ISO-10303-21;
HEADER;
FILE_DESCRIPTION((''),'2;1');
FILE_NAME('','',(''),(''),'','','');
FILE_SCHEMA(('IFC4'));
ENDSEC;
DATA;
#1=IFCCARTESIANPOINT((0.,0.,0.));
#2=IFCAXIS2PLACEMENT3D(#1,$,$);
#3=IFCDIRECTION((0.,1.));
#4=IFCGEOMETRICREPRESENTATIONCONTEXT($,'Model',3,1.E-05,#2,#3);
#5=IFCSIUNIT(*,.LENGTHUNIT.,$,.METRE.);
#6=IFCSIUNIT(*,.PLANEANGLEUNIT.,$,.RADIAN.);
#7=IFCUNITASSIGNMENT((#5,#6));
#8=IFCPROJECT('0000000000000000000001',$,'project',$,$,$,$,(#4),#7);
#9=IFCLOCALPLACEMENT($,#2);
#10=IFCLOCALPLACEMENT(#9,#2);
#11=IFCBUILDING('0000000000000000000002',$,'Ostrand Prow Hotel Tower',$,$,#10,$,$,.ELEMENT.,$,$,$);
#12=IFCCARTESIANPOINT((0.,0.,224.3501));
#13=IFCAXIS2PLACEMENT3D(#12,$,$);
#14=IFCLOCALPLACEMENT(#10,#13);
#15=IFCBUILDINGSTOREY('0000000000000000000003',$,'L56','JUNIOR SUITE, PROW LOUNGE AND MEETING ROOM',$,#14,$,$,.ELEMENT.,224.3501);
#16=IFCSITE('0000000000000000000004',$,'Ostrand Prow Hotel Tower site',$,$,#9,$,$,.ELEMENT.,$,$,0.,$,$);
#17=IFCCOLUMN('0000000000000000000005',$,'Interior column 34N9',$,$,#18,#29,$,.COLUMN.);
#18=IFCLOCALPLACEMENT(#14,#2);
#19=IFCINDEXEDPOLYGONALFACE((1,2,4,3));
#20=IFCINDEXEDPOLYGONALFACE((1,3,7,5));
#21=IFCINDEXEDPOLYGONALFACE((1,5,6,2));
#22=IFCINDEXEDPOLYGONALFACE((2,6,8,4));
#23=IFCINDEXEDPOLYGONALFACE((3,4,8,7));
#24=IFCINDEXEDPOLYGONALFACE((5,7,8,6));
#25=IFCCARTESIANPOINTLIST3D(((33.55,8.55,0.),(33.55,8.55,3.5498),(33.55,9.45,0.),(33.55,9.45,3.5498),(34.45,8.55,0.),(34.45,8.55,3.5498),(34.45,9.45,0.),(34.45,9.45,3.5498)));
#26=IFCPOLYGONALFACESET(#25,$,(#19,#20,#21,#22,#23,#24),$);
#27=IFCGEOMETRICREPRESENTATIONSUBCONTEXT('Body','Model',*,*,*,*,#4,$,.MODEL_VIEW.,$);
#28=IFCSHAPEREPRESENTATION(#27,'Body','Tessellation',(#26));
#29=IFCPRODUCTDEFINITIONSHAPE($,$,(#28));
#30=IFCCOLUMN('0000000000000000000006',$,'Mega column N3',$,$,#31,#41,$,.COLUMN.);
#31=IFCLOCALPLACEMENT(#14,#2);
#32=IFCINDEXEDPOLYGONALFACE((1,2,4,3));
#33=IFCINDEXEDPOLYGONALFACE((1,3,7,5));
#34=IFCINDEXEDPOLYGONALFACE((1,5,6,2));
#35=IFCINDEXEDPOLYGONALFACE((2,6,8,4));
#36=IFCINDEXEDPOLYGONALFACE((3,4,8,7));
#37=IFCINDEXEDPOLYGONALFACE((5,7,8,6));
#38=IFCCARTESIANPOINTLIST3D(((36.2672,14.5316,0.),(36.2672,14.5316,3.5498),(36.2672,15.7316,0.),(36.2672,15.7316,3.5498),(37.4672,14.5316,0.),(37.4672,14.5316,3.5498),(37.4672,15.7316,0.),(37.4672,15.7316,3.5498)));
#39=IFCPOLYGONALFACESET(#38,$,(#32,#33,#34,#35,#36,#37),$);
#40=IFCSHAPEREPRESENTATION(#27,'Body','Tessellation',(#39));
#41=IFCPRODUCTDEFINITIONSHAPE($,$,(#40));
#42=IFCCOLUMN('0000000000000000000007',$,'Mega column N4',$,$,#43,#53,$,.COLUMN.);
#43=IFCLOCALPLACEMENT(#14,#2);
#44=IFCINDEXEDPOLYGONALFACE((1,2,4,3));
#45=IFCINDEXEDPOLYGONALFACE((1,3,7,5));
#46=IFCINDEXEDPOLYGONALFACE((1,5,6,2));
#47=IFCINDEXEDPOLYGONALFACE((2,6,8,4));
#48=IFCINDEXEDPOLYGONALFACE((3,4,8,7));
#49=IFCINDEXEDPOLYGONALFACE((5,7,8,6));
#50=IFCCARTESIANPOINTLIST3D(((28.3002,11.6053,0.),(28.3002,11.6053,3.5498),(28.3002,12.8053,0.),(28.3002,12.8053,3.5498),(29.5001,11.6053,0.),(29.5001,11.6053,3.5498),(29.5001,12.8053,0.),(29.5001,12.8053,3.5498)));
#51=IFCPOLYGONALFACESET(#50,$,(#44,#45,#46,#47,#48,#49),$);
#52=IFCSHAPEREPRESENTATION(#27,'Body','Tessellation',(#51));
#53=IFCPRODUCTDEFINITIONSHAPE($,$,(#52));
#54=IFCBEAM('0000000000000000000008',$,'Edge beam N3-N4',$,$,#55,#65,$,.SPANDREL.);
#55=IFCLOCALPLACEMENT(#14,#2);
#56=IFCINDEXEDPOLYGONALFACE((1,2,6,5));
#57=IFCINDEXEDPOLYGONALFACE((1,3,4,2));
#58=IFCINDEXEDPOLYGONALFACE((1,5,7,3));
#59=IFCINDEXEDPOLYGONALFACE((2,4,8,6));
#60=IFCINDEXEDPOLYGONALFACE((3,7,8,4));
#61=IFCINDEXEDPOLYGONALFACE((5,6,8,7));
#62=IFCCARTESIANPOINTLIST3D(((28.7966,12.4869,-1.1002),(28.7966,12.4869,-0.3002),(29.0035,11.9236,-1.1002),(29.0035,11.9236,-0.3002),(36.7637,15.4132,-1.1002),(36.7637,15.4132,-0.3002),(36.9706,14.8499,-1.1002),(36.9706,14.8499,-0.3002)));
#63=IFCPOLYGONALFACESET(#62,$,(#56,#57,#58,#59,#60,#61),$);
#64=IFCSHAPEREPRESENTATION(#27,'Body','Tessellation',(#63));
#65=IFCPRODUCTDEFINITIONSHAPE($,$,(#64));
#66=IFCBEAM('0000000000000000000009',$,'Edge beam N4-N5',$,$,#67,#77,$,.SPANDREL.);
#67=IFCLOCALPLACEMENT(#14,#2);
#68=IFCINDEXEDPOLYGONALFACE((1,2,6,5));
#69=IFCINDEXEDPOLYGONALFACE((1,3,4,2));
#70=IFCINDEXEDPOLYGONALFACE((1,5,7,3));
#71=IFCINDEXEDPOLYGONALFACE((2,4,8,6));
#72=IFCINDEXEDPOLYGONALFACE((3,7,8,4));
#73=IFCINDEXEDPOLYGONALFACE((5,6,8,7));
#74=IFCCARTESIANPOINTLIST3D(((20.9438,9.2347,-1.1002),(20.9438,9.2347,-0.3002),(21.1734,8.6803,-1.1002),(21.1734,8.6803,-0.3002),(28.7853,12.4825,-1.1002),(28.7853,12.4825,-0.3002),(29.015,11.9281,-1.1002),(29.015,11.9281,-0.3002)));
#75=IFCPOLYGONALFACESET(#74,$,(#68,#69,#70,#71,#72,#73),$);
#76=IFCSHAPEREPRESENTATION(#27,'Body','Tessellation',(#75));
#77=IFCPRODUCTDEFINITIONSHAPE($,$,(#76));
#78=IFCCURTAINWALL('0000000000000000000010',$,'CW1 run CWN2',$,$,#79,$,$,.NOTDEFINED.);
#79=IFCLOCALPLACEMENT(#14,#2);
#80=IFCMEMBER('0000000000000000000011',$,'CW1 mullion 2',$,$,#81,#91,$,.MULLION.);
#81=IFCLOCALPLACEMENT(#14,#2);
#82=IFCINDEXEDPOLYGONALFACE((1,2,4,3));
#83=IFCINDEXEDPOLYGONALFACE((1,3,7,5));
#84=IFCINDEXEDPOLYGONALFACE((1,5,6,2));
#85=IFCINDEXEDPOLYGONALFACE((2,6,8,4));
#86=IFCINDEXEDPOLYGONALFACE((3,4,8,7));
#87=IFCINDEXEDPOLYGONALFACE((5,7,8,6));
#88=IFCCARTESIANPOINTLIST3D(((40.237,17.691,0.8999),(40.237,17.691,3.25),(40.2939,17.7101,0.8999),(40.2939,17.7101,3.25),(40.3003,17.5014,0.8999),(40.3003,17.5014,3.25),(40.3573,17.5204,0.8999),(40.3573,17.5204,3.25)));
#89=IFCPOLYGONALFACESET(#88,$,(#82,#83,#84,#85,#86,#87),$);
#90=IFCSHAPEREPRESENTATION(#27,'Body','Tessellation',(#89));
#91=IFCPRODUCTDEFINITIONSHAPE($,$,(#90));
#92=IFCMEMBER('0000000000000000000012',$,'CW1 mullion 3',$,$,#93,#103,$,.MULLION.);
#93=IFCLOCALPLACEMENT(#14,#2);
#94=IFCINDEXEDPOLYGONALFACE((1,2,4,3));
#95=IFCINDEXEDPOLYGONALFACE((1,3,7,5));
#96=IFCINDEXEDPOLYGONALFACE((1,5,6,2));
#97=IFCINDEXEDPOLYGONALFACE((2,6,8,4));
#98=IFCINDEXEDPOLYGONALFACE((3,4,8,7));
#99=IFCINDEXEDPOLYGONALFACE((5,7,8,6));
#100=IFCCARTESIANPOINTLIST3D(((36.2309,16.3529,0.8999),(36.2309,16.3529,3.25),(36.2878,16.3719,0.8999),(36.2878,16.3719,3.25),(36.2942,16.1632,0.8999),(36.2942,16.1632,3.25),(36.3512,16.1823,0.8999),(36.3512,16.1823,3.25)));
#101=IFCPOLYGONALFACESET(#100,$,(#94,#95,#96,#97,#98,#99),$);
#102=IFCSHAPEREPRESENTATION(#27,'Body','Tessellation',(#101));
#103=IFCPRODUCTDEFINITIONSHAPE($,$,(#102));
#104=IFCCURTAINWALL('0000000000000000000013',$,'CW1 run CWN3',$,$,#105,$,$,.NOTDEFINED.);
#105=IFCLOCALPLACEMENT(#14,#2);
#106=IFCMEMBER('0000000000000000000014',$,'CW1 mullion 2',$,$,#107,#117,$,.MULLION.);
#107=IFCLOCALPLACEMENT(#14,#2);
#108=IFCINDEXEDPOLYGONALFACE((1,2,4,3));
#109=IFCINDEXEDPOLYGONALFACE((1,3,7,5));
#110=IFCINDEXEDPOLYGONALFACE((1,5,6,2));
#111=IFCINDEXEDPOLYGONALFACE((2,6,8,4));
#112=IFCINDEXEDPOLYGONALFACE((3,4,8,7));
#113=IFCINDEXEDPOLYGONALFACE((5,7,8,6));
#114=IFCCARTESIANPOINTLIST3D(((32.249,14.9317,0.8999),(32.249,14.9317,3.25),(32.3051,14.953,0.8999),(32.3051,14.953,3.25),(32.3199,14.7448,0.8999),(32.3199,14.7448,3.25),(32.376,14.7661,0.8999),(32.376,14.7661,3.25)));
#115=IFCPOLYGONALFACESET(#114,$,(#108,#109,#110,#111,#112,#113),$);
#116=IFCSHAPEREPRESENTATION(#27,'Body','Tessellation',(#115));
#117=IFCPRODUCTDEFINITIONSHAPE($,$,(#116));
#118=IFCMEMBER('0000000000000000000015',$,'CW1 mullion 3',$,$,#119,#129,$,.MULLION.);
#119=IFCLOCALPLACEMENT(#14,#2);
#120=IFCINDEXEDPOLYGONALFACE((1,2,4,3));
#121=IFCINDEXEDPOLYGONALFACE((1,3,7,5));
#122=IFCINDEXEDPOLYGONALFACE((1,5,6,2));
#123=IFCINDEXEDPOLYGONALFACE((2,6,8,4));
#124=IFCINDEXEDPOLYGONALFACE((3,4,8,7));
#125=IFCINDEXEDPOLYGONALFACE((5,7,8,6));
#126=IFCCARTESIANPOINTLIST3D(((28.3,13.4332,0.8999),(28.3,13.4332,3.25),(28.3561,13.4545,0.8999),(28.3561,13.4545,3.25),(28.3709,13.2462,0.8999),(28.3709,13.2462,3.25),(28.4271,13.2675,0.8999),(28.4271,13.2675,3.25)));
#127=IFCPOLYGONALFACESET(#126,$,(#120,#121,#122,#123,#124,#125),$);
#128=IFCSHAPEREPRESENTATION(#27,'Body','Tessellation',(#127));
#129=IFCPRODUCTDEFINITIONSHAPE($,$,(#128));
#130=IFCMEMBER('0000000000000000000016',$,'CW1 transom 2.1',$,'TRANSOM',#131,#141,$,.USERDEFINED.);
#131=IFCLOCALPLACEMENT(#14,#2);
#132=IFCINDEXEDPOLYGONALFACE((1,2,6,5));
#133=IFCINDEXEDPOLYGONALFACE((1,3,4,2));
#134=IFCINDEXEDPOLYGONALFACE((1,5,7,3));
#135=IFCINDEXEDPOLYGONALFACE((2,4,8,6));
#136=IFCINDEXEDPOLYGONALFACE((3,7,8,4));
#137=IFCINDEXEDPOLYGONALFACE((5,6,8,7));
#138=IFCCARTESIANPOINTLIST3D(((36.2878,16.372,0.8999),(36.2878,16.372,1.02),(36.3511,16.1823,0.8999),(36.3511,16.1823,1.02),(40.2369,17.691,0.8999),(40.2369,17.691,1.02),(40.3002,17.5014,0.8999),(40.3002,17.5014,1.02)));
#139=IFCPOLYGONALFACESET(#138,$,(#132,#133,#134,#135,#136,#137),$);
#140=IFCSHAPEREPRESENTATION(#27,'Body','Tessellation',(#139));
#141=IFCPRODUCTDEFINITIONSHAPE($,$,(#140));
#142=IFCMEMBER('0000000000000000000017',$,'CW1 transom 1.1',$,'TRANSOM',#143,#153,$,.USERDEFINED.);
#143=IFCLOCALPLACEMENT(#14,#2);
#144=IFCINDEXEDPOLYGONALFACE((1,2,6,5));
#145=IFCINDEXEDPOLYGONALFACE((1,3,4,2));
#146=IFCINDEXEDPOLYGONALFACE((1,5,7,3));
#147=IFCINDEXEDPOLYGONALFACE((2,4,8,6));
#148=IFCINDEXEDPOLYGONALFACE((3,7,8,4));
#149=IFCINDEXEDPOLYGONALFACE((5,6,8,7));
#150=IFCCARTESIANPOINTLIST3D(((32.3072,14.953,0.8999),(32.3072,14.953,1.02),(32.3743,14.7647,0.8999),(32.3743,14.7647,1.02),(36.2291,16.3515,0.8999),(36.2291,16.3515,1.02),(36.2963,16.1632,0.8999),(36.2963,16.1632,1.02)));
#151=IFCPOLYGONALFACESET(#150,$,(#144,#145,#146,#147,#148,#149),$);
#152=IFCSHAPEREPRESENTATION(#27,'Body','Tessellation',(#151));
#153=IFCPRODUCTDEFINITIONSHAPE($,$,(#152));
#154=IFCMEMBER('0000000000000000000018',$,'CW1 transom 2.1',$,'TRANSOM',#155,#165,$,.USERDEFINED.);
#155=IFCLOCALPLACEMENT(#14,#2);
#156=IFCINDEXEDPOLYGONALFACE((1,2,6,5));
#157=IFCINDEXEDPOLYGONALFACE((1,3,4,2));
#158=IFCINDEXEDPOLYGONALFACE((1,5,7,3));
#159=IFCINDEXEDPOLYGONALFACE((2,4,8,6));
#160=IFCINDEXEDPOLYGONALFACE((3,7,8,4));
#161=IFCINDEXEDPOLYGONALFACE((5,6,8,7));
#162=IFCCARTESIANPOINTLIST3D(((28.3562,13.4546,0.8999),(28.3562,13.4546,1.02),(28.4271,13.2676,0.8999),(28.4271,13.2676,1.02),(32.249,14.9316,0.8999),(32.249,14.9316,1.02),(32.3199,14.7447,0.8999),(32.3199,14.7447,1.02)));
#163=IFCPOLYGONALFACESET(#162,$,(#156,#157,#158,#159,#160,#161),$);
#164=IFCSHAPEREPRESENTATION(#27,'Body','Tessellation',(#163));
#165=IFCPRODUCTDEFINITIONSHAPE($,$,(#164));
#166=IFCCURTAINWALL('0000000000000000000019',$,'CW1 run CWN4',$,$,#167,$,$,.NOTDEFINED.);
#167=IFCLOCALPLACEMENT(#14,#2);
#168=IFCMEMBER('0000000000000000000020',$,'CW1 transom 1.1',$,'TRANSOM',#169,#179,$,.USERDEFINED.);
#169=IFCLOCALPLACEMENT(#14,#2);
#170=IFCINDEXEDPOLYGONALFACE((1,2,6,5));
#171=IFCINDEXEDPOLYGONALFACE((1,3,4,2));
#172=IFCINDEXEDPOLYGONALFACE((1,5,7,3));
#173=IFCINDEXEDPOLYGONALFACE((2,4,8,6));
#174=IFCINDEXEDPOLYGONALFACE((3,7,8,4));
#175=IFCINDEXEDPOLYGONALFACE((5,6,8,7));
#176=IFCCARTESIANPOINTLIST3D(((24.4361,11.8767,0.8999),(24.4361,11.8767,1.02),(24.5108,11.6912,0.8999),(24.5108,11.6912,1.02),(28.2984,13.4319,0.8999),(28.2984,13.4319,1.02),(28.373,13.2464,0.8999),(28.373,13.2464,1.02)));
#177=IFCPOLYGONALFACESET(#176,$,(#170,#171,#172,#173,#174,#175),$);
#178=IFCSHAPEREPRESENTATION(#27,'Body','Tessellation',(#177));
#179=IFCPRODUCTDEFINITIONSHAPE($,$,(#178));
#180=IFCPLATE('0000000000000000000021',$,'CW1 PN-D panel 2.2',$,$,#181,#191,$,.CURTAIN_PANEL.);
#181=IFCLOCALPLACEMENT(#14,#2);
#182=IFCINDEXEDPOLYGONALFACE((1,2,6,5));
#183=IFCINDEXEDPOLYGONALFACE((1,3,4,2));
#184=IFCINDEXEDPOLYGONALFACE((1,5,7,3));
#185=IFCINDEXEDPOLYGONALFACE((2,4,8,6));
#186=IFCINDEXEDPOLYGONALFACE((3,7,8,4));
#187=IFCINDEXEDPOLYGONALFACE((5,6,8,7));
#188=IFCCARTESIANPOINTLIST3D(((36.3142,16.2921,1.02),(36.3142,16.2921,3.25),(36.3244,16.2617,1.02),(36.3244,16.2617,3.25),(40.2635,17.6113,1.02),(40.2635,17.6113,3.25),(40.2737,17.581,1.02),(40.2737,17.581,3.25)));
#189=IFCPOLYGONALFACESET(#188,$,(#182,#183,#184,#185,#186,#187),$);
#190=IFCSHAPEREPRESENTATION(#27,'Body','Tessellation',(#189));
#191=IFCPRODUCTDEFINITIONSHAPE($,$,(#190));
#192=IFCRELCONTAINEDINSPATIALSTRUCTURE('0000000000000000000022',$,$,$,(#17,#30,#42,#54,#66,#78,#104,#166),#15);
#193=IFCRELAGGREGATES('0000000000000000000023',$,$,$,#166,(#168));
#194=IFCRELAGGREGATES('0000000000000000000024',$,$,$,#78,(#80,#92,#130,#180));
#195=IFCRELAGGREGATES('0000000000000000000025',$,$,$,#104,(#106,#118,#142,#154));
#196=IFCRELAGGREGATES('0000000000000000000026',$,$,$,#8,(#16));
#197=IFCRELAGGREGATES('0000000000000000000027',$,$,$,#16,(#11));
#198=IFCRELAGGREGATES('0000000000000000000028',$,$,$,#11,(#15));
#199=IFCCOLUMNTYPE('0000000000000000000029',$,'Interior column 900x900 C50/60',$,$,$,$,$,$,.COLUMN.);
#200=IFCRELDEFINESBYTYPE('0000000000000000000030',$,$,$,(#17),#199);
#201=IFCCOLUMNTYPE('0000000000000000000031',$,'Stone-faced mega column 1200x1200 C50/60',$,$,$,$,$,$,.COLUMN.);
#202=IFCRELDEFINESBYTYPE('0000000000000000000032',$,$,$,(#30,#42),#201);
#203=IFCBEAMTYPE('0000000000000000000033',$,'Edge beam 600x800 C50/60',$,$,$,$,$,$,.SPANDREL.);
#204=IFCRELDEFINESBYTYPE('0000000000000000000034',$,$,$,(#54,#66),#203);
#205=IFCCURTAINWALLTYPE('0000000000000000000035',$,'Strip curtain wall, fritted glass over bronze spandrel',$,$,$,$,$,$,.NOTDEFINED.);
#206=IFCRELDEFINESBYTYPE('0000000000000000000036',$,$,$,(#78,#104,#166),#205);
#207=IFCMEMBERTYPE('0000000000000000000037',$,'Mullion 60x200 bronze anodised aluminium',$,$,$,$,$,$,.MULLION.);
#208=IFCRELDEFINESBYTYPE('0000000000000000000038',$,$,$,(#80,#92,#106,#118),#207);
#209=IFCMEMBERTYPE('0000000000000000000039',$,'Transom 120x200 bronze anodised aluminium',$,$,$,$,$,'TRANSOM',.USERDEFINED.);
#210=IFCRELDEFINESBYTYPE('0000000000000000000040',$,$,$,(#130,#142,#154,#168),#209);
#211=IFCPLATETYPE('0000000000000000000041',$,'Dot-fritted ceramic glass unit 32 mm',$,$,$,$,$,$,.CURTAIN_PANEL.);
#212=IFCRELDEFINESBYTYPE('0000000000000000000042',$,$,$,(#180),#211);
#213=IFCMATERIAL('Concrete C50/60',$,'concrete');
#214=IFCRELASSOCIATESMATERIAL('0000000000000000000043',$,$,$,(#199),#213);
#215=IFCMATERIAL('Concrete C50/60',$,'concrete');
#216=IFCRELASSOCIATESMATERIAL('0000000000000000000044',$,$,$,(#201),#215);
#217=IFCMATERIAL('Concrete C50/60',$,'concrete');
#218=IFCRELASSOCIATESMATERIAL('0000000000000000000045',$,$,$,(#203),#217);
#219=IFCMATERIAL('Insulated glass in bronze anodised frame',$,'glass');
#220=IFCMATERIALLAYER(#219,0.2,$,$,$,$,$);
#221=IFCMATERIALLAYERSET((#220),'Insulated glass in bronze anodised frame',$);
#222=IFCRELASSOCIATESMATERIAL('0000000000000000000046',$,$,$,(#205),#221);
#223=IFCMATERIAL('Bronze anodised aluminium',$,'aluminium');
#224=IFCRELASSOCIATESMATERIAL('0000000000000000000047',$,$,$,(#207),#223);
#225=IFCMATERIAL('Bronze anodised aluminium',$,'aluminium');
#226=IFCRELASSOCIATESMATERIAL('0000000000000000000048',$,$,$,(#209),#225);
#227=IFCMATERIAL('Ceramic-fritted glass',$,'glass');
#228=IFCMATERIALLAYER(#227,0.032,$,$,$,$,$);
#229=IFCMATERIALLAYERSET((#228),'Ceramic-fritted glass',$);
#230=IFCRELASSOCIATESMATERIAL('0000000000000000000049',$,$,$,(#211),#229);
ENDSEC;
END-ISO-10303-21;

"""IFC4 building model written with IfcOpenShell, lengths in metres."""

from ifc_helpers import new_model, si_unit, direction, frame, origin, origin_2d, place, context, subcontext, project, spatial, rectangle, extrude, material, layer, layer_set, material_profile, profile_set, type_object, element, aggregate, save


model = new_model("IFC4")

# Units and contexts
model_context = context("Model", 3, precision=1e-05, world=origin(), true_north=direction((0.0, 1.0)))
body_context = subcontext(model_context, "Body", "Model", "MODEL_VIEW")
ifc_project = project(units=[si_unit("LENGTHUNIT", "METRE"), si_unit("PLANEANGLEUNIT", "RADIAN")], contexts=[model_context])

# Site, building, storey
site_placement = place(None, origin())
site = spatial("IfcSite", under=ifc_project, at=site_placement, Name="Ostrand Prow Hotel Tower site", CompositionType="ELEMENT", RefElevation=0.0)
building_placement = place(site_placement, origin())
building = spatial("IfcBuilding", under=site, at=building_placement, Name="Ostrand Prow Hotel Tower", CompositionType="ELEMENT")
storey_placement = place(building_placement, frame((0.0, 0.0, 224.3501)))
storey = spatial("IfcBuildingStorey", under=building, at=storey_placement, Name="L56", Description="JUNIOR SUITE, PROW LOUNGE AND MEETING ROOM", CompositionType="ELEMENT", Elevation=224.3501)

# Columns
ifc_material_1 = material(Name="Concrete C50/60", Category="concrete")
ifc_material_profile_1 = material_profile(ifc_material_1, rectangle(XDim=0.8999, YDim=0.8999, at=origin_2d()), Name="RC 900x900")
ifc_profile_set_1 = profile_set([ifc_material_profile_1], Name="Concrete C50/60")
column_type_1 = type_object("IfcColumnType", Name="Interior column 900x900 C50/60", PredefinedType="COLUMN", material=ifc_profile_set_1)
column_placement = place(storey_placement, frame((34.0, 9.0, 0.0), z_axis=(0.0, 0.0, 1.0), x_axis=(1.0, 0.0, 0.0)))
element("IfcColumn", 1, at=column_placement, inside=storey, type_object=column_type_1, Name="Interior column 34N9", PredefinedType="COLUMN", context=body_context, shape_type="SweptSolid", body=[
    extrude(rectangle(XDim=0.8999, YDim=0.8999, at=origin_2d()), origin(), (0.0, 0.0, 1.0), 3.5498),
])
ifc_material_2 = material(Name="Concrete C50/60", Category="concrete")
ifc_material_profile_2 = material_profile(ifc_material_2, rectangle(XDim=1.2, YDim=1.2, at=origin_2d()), Name="RC 1200x1200")
ifc_profile_set_2 = profile_set([ifc_material_profile_2], Name="Concrete C50/60")
column_type_2 = type_object("IfcColumnType", Name="Stone-faced mega column 1200x1200 C50/60", PredefinedType="COLUMN", material=ifc_profile_set_2)
for number, where, z_axis, x_axis, name in (
    (2, (36.8672, 15.1316, 0.0), (0.0, 0.0, 1.0), (1.0, 0.0, 0.0), "Mega column N3"),
    (3, (28.9001, 12.2053, 0.0), (0.0, 0.0, 1.0), (1.0, 0.0, 0.0), "Mega column N4"),
):
    element("IfcColumn", number, at=place(storey_placement, frame(where, z_axis=z_axis, x_axis=x_axis)), inside=storey, type_object=column_type_2, Name=name, PredefinedType="COLUMN", context=body_context, shape_type="SweptSolid", body=[
        extrude(rectangle(XDim=1.2, YDim=1.2, at=origin_2d()), origin(), (0.0, 0.0, 1.0), 3.5498),
    ])

# Beams
ifc_material_3 = material(Name="Concrete C50/60", Category="concrete")
ifc_material_profile_3 = material_profile(ifc_material_3, rectangle(XDim=0.6001, YDim=0.8, at=origin_2d()), Name="RC 600x800")
ifc_profile_set_3 = profile_set([ifc_material_profile_3], Name="Concrete C50/60")
beam_type = type_object("IfcBeamType", Name="Edge beam 600x800 C50/60", PredefinedType="SPANDREL", material=ifc_profile_set_3)
for number, where, z_axis, x_axis, name in (
    (4, (36.8672, 15.1316, -0.7002), (-0.938685, -0.344776, 0.0), (0.344776, -0.938685, 0.0), "Edge beam N3-N4"),
    (5, (28.9001, 12.2053, -0.7002), (-0.923891, -0.382656, 0.0), (0.382656, -0.923891, 0.0), "Edge beam N4-N5"),
):
    element("IfcBeam", number, at=place(storey_placement, frame(where, z_axis=z_axis, x_axis=x_axis)), inside=storey, type_object=beam_type, Name=name, PredefinedType="SPANDREL", context=body_context, shape_type="SweptSolid", body=[
        extrude(rectangle(XDim=0.6001, YDim=0.8, at=origin_2d()), origin(), (0.0, 0.0, 1.0), 8.4875),
    ])

# Curtain walls, members
ifc_material_4 = material(Name="Insulated glass in bronze anodised frame", Category="glass")
ifc_layer_1 = layer(ifc_material_4, 0.2)
ifc_layer_set_1 = layer_set([ifc_layer_1], Name="Insulated glass in bronze anodised frame")
curtain_wall_type = type_object("IfcCurtainWallType", Name="Strip curtain wall, fritted glass over bronze spandrel", PredefinedType="NOTDEFINED", material=ifc_layer_set_1)
curtain_wall_1_placement = place(storey_placement, origin())
curtain_wall_1 = element("IfcCurtainWall", 6, at=curtain_wall_1_placement, inside=storey, type_object=curtain_wall_type, Name="CW1 run CWN2", PredefinedType="NOTDEFINED")
ifc_material_5 = material(Name="Bronze anodised aluminium", Category="aluminium")
ifc_material_profile_4 = material_profile(ifc_material_5, rectangle(XDim=0.2, YDim=0.0601, at=origin_2d()), Name="Mullion 60x200 bronze anodised aluminium")
ifc_profile_set_4 = profile_set([ifc_material_profile_4], Name="Bronze anodised aluminium")
member_type_1 = type_object("IfcMemberType", Name="Mullion 60x200 bronze anodised aluminium", PredefinedType="MULLION", material=ifc_profile_set_4)
member_1_placement = place(storey_placement, frame((40.2971, 17.6057, 0.8999), z_axis=(0.0, 0.0, 1.0), x_axis=(0.316841, -0.948479, 0.0)))
member_1 = element("IfcMember", 7, at=member_1_placement, type_object=member_type_1, Name="CW1 mullion 2", PredefinedType="MULLION", context=body_context, shape_type="SweptSolid", body=[
    extrude(rectangle(XDim=0.2, YDim=0.0601, at=origin_2d()), origin(), (0.0, 0.0, 1.0), 2.3501),
])
member_2_placement = place(storey_placement, frame((36.291, 16.2676, 0.8999), z_axis=(0.0, 0.0, 1.0), x_axis=(0.316841, -0.948479, 0.0)))
member_2 = element("IfcMember", 8, at=member_2_placement, type_object=member_type_1, Name="CW1 mullion 3", PredefinedType="MULLION", context=body_context, shape_type="SweptSolid", body=[
    extrude(rectangle(XDim=0.2, YDim=0.0601, at=origin_2d()), origin(), (0.0, 0.0, 1.0), 2.3501),
])
curtain_wall_2_placement = place(storey_placement, origin())
curtain_wall_2 = element("IfcCurtainWall", 9, at=curtain_wall_2_placement, inside=storey, type_object=curtain_wall_type, Name="CW1 run CWN3", PredefinedType="NOTDEFINED")
member_3_placement = place(storey_placement, frame((32.3125, 14.8489, 0.8999), z_axis=(0.0, 0.0, 1.0), x_axis=(0.354777, -0.934951, 0.0)))
member_3 = element("IfcMember", 10, at=member_3_placement, type_object=member_type_1, Name="CW1 mullion 2", PredefinedType="MULLION", context=body_context, shape_type="SweptSolid", body=[
    extrude(rectangle(XDim=0.2, YDim=0.0601, at=origin_2d()), origin(), (0.0, 0.0, 1.0), 2.3501),
])
member_4_placement = place(storey_placement, frame((28.3635, 13.3503, 0.8999), z_axis=(0.0, 0.0, 1.0), x_axis=(0.354777, -0.934951, 0.0)))
member_4 = element("IfcMember", 11, at=member_4_placement, type_object=member_type_1, Name="CW1 mullion 3", PredefinedType="MULLION", context=body_context, shape_type="SweptSolid", body=[
    extrude(rectangle(XDim=0.2, YDim=0.0601, at=origin_2d()), origin(), (0.0, 0.0, 1.0), 2.3501),
])

# Members
ifc_material_6 = material(Name="Bronze anodised aluminium", Category="aluminium")
ifc_material_profile_5 = material_profile(ifc_material_6, rectangle(XDim=0.2, YDim=0.1201, at=origin_2d()), Name="Transom 120x200 bronze anodised aluminium")
ifc_profile_set_5 = profile_set([ifc_material_profile_5], Name="Bronze anodised aluminium")
member_type_2 = type_object("IfcMemberType", Name="Transom 120x200 bronze anodised aluminium", ElementType="TRANSOM", PredefinedType="USERDEFINED", material=ifc_profile_set_5)
member_5_placement = place(storey_placement, frame((40.2686, 17.5962, 0.96), z_axis=(-0.94849, -0.316808, 0.0), x_axis=(0.316808, -0.94849, 0.0)))
member_5 = element("IfcMember", 12, at=member_5_placement, type_object=member_type_2, Name="CW1 transom 2.1", ObjectType="TRANSOM", PredefinedType="USERDEFINED", context=body_context, shape_type="SweptSolid", body=[
    extrude(rectangle(XDim=0.2, YDim=0.1201, at=origin_2d()), origin(), (0.0, 0.0, 1.0), 4.1636),
])
member_6_placement = place(storey_placement, frame((36.2627, 16.2573, 0.96), z_axis=(-0.941912, -0.335861, 0.0), x_axis=(0.335861, -0.941912, 0.0)))
member_6 = element("IfcMember", 13, at=member_6_placement, type_object=member_type_2, Name="CW1 transom 1.1", ObjectType="TRANSOM", PredefinedType="USERDEFINED", context=body_context, shape_type="SweptSolid", body=[
    extrude(rectangle(XDim=0.2, YDim=0.1201, at=origin_2d()), origin(), (0.0, 0.0, 1.0), 4.1638),
])
member_7_placement = place(storey_placement, frame((32.2844, 14.8381, 0.96), z_axis=(-0.934961, -0.354751, 0.0), x_axis=(0.354751, -0.934961, 0.0)))
member_7 = element("IfcMember", 14, at=member_7_placement, type_object=member_type_2, Name="CW1 transom 2.1", ObjectType="TRANSOM", PredefinedType="USERDEFINED", context=body_context, shape_type="SweptSolid", body=[
    extrude(rectangle(XDim=0.2, YDim=0.1201, at=origin_2d()), origin(), (0.0, 0.0, 1.0), 4.1636),
])

# Curtain wall, member
curtain_wall_3_placement = place(storey_placement, origin())
curtain_wall_3 = element("IfcCurtainWall", 15, at=curtain_wall_3_placement, inside=storey, type_object=curtain_wall_type, Name="CW1 run CWN4", PredefinedType="NOTDEFINED")
member_8_placement = place(storey_placement, frame((28.3357, 13.3391, 0.96), z_axis=(-0.927625, -0.373513, 0.0), x_axis=(0.373513, -0.927625, 0.0)))
member_8 = element("IfcMember", 16, at=member_8_placement, type_object=member_type_2, Name="CW1 transom 1.1", ObjectType="TRANSOM", PredefinedType="USERDEFINED", context=body_context, shape_type="SweptSolid", body=[
    extrude(rectangle(XDim=0.2, YDim=0.1201, at=origin_2d()), origin(), (0.0, 0.0, 1.0), 4.1636),
])
aggregate(curtain_wall_3, [member_8])

# Plate
ifc_material_7 = material(Name="Ceramic-fritted glass", Category="glass")
ifc_layer_2 = layer(ifc_material_7, 0.032)
ifc_layer_set_2 = layer_set([ifc_layer_2], Name="Ceramic-fritted glass")
plate_type_1 = type_object("IfcPlateType", Name="Dot-fritted ceramic glass unit 32 mm", PredefinedType="CURTAIN_PANEL", material=ifc_layer_set_2)
plate_1_placement = place(storey_placement, frame((38.2939, 16.9365, 1.02), z_axis=(0.0, 0.0, 1.0), x_axis=(-0.948479, -0.316841, 0.0)))
plate_1 = element("IfcPlate", 17, at=plate_1_placement, type_object=plate_type_1, Name="CW1 PN-D panel 2.2", PredefinedType="CURTAIN_PANEL", context=body_context, shape_type="SweptSolid", body=[
    extrude(rectangle(XDim=4.1638, YDim=0.032, at=origin_2d()), origin(), (0.0, 0.0, 1.0), 2.23),
])
aggregate(curtain_wall_1, [member_1, member_2, member_5, plate_1])
aggregate(curtain_wall_2, [member_3, member_4, member_6, member_7])

save(model, "model.ifc")
